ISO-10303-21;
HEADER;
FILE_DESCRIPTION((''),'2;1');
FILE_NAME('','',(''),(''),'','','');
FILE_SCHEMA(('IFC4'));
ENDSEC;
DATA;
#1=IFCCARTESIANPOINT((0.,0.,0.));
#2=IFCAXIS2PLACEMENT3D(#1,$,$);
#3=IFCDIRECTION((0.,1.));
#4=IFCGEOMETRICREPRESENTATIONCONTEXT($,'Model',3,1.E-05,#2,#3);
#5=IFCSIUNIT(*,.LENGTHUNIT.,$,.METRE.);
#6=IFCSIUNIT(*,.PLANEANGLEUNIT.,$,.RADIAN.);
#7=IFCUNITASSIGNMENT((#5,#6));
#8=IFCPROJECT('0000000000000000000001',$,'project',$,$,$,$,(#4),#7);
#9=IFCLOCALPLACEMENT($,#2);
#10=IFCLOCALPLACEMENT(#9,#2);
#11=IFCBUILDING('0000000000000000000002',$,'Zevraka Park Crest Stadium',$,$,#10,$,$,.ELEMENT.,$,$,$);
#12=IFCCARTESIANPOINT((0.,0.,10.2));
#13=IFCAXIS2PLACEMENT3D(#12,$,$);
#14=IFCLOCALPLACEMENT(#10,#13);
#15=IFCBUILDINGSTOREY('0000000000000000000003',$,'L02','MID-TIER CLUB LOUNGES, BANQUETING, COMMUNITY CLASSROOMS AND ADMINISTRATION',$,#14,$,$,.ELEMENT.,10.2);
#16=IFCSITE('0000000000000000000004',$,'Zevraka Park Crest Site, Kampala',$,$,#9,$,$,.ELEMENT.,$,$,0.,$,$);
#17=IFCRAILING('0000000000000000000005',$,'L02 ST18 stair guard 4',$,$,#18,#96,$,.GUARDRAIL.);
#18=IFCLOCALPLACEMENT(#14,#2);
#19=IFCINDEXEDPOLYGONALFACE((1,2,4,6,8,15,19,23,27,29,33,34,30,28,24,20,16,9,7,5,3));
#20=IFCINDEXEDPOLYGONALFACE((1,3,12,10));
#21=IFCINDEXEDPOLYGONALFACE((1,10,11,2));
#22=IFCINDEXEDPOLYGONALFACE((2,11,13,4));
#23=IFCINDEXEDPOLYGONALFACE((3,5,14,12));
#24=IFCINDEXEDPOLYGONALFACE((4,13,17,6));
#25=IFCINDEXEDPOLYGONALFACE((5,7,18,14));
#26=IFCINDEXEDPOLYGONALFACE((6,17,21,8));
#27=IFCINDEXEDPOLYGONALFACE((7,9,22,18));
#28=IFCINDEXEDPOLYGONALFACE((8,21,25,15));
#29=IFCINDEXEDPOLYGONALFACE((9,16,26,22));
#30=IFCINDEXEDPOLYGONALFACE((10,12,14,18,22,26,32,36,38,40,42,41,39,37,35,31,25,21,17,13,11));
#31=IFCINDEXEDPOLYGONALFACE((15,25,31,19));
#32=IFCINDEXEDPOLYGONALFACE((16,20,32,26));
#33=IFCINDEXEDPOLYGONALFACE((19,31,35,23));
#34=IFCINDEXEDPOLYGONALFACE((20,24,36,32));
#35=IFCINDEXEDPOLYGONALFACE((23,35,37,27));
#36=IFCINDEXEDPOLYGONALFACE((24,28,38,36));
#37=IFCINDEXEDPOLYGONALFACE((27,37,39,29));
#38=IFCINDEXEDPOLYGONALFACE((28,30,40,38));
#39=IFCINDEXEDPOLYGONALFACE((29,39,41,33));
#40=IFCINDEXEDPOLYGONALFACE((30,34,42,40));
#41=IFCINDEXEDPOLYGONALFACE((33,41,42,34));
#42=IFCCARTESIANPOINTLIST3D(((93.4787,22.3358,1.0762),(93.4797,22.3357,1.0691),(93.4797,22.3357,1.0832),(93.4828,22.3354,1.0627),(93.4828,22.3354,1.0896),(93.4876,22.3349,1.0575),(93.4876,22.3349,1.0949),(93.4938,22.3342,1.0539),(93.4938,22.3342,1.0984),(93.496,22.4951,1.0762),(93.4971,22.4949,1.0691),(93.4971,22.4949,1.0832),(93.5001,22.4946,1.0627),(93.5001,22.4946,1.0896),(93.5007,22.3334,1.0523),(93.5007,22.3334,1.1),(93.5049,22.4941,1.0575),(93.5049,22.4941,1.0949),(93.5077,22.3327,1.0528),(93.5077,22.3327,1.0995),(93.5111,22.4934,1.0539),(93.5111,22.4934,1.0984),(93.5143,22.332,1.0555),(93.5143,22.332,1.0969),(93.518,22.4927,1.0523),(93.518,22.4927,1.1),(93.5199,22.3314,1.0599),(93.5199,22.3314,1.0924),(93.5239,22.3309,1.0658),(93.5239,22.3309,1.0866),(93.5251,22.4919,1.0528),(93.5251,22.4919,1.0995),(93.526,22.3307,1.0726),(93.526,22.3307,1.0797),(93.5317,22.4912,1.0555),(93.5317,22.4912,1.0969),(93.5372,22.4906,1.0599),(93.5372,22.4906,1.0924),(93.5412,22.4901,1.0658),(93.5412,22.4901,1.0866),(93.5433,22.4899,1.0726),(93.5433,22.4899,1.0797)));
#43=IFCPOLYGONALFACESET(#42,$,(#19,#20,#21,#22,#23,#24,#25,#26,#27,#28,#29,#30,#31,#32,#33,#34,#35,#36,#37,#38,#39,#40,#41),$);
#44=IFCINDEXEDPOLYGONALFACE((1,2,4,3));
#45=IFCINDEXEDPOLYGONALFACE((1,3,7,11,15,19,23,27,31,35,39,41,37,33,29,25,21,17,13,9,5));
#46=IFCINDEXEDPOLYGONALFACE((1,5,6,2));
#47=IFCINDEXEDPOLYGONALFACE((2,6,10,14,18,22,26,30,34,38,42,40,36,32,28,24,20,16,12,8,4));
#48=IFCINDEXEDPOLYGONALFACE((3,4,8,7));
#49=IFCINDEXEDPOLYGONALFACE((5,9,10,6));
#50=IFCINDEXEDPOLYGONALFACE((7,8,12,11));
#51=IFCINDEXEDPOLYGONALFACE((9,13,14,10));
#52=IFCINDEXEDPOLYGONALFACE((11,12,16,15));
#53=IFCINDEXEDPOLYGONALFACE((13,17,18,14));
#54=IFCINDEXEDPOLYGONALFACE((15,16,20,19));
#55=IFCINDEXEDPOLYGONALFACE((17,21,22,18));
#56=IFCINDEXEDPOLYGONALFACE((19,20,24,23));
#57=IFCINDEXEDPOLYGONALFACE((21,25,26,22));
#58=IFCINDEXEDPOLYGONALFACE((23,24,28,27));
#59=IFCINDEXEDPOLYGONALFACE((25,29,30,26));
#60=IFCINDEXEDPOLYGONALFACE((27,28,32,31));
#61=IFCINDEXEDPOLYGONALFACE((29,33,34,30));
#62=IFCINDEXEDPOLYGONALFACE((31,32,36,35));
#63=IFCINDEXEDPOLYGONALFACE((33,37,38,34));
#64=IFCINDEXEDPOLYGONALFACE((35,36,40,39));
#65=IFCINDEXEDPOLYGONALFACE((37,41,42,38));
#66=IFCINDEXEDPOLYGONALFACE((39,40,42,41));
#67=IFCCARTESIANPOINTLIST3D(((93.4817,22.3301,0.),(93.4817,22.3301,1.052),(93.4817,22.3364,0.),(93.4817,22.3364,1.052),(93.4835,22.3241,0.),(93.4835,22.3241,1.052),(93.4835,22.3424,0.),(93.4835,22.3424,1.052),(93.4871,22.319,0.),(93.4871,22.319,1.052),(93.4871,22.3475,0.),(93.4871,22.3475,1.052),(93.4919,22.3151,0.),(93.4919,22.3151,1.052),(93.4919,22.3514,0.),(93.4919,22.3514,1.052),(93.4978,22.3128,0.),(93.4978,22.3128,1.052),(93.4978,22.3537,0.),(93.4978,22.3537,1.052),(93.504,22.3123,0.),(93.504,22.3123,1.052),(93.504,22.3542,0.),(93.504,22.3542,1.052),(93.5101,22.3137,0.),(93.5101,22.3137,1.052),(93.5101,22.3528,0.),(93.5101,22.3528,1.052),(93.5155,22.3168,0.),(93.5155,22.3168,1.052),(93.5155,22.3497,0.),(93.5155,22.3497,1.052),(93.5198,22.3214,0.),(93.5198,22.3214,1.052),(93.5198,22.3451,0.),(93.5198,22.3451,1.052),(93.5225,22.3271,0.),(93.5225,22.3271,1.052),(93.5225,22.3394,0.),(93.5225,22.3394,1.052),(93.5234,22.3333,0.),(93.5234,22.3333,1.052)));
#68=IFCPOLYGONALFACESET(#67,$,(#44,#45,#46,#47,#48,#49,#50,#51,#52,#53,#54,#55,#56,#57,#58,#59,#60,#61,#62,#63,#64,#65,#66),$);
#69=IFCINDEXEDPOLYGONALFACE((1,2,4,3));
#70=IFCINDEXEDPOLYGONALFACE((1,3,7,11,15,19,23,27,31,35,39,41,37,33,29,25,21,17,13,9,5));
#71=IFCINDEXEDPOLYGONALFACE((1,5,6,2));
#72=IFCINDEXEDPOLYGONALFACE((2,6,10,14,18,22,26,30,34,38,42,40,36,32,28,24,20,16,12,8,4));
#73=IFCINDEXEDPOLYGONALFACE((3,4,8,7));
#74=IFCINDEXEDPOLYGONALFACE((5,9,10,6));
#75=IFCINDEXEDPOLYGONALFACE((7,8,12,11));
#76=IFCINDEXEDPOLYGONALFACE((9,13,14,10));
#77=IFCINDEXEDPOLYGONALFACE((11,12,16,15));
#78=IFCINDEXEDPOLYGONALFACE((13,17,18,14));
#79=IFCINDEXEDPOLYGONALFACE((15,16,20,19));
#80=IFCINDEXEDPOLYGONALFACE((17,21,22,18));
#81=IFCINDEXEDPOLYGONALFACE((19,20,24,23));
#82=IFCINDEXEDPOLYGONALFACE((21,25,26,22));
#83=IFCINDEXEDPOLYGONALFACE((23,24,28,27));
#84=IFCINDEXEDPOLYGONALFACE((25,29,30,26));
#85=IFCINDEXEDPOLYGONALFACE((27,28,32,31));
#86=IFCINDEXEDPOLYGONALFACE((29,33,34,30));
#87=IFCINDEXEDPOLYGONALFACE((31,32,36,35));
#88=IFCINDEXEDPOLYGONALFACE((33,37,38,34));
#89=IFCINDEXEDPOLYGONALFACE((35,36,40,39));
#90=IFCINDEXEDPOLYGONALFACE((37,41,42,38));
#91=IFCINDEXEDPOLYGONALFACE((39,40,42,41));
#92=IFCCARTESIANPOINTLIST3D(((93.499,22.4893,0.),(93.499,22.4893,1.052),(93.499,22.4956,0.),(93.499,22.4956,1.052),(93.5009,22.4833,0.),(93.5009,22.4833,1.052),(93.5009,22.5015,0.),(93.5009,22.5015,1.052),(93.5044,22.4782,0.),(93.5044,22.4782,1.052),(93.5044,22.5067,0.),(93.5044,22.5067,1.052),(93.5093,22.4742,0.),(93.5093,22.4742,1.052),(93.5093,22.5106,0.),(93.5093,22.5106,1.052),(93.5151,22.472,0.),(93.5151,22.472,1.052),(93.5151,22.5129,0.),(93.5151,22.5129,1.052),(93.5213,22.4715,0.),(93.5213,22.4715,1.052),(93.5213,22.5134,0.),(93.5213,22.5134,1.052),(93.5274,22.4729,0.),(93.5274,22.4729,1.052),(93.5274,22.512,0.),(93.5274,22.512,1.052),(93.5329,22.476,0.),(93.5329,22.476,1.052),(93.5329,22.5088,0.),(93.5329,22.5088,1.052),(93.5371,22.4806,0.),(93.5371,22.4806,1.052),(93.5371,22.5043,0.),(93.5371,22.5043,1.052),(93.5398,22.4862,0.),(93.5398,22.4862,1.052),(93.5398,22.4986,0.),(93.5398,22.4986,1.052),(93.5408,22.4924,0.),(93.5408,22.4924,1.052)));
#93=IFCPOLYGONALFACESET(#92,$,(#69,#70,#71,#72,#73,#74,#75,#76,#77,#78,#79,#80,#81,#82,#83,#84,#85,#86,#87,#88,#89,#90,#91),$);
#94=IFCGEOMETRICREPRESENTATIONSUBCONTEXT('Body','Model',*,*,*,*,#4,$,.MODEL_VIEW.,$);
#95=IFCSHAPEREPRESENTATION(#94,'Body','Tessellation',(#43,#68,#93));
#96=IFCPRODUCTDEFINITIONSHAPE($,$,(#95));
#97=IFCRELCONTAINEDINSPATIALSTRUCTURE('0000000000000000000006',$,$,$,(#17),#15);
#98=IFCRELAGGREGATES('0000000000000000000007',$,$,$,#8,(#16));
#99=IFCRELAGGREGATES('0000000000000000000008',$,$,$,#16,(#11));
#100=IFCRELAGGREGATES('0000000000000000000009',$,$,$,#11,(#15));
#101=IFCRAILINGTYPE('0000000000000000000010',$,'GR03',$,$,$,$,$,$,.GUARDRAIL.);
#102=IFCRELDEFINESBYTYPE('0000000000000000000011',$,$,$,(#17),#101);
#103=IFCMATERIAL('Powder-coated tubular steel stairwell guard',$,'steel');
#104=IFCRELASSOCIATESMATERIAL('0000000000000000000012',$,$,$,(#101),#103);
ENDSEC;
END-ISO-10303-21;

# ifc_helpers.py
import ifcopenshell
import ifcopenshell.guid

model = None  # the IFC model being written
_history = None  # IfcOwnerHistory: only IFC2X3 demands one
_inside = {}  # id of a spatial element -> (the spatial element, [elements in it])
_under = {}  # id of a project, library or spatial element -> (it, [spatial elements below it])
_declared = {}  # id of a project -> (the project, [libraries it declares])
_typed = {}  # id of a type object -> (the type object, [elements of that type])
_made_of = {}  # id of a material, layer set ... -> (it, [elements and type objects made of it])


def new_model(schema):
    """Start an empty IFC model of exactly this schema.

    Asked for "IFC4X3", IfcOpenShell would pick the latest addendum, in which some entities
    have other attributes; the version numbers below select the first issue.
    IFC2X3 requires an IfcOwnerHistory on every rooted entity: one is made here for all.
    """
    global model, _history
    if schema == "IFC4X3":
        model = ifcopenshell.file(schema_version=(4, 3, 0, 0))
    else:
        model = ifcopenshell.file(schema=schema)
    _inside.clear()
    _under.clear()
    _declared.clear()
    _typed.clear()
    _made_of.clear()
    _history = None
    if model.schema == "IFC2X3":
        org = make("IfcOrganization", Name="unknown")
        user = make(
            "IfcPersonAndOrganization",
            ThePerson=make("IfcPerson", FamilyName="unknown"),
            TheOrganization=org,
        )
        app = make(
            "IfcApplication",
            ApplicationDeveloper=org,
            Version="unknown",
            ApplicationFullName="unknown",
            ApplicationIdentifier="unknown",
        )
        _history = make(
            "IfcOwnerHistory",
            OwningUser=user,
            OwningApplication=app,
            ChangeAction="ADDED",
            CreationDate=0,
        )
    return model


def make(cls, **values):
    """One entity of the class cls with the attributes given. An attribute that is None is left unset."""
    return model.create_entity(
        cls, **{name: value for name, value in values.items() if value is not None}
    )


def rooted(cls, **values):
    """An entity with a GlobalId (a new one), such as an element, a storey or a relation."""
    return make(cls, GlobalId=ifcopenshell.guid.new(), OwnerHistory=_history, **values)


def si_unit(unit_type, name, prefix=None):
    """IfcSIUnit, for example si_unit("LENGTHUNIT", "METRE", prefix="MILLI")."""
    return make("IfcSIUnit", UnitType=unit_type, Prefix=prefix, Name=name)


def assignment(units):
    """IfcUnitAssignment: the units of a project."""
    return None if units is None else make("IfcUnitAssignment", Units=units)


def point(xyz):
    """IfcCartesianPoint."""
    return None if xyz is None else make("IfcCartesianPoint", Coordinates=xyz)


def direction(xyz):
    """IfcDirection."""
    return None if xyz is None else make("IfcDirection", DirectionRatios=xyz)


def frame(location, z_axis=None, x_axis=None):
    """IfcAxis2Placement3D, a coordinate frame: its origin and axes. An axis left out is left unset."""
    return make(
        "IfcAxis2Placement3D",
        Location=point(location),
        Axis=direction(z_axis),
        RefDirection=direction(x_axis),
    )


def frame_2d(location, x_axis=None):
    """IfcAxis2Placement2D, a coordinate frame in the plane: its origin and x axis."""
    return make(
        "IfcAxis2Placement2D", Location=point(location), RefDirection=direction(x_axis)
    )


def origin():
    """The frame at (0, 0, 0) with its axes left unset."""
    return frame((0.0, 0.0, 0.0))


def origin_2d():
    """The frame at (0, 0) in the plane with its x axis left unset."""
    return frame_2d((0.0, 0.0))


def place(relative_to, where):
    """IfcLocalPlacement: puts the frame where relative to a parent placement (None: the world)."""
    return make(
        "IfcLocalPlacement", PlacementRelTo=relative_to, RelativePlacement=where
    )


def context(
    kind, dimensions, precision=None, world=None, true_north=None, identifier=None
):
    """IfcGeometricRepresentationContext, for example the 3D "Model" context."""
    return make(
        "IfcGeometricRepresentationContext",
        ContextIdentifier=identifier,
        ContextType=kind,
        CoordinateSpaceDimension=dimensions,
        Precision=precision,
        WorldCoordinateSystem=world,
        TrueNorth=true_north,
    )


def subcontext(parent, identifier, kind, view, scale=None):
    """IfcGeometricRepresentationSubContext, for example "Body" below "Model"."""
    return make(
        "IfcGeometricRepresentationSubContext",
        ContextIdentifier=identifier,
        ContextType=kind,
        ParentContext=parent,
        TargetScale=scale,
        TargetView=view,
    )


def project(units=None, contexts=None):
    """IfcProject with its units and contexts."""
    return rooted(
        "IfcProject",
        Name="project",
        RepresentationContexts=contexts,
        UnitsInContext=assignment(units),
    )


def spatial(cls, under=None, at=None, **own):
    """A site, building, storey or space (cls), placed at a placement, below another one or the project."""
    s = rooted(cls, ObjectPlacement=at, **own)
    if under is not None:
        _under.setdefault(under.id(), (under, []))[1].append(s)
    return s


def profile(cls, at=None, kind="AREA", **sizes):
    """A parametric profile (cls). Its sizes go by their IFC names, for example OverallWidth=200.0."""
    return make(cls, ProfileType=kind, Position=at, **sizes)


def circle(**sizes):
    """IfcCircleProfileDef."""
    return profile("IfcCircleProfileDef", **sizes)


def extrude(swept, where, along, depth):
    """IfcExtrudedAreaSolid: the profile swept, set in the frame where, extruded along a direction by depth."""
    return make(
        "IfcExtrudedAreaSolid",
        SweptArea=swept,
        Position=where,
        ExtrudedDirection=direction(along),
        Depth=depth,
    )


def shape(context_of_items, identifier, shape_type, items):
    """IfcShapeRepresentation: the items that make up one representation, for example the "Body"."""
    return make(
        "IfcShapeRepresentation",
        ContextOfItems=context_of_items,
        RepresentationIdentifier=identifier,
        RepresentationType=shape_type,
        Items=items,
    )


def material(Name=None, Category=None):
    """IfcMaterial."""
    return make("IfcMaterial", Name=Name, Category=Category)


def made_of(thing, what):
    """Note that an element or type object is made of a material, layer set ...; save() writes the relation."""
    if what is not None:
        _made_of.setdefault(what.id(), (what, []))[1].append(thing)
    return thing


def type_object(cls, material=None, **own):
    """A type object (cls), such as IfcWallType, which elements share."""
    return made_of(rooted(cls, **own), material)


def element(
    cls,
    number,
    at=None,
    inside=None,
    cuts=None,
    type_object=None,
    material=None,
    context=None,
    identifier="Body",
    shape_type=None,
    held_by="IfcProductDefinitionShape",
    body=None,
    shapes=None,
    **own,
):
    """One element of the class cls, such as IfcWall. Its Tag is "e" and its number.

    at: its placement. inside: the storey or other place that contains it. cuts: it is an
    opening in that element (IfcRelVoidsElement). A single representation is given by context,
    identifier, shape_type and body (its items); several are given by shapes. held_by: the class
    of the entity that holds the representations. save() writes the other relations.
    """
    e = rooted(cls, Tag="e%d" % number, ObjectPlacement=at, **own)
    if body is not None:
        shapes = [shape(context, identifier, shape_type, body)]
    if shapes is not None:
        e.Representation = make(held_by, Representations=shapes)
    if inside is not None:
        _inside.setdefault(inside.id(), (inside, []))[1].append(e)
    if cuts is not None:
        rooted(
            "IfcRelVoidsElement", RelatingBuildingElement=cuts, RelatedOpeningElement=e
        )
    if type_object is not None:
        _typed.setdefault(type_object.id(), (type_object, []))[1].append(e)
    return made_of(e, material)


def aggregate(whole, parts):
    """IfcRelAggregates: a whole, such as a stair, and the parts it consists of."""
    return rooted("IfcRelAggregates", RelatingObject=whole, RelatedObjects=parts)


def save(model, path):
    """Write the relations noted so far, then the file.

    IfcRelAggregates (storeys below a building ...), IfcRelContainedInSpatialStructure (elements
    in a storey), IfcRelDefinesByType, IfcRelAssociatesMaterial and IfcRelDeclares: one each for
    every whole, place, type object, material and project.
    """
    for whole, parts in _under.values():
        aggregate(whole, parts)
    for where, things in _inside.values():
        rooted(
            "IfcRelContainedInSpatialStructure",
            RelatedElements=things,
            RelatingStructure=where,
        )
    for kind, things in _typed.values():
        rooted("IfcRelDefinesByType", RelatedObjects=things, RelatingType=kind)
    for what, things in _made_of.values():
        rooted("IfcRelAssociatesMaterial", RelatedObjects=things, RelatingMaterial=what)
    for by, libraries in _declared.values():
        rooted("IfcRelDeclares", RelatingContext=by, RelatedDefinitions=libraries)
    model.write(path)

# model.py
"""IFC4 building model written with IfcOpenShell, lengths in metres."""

from ifc_helpers import new_model, si_unit, direction, frame, origin, origin_2d, place, context, subcontext, project, spatial, circle, extrude, material, type_object, element, save


model = new_model("IFC4")

# Units and contexts
model_context = context("Model", 3, precision=1e-05, world=origin(), true_north=direction((0.0, 1.0)))
body_context = subcontext(model_context, "Body", "Model", "MODEL_VIEW")
ifc_project = project(units=[si_unit("LENGTHUNIT", "METRE"), si_unit("PLANEANGLEUNIT", "RADIAN")], contexts=[model_context])

# Site, building, storey
site_placement = place(None, origin())
site = spatial("IfcSite", under=ifc_project, at=site_placement, Name="Zevraka Park Crest Site, Kampala", CompositionType="ELEMENT", RefElevation=0.0)
building_placement = place(site_placement, origin())
building = spatial("IfcBuilding", under=site, at=building_placement, Name="Zevraka Park Crest Stadium", CompositionType="ELEMENT")
storey_placement = place(building_placement, frame((0.0, 0.0, 10.2)))
storey = spatial("IfcBuildingStorey", under=building, at=storey_placement, Name="L02", Description="MID-TIER CLUB LOUNGES, BANQUETING, COMMUNITY CLASSROOMS AND ADMINISTRATION", CompositionType="ELEMENT", Elevation=10.2)

# Railing
ifc_material_1 = material(Name="Powder-coated tubular steel stairwell guard", Category="steel")
railing_type_1 = type_object("IfcRailingType", Name="GR03", PredefinedType="GUARDRAIL", material=ifc_material_1)
railing_1_placement = place(storey_placement, frame((93.5024, 22.3333, 0.0)))
element("IfcRailing", 1, at=railing_1_placement, inside=storey, type_object=railing_type_1, Name="L02 ST18 stair guard 4", PredefinedType="GUARDRAIL", context=body_context, shape_type="SweptSolid", body=[
    extrude(circle(Radius=0.0239, at=origin_2d()), frame((0.0, 0.0, 1.0762), z_axis=(0.108256, 0.994123, 0.0), x_axis=(-0.994123, 0.108256, 0.0)), (0.0, 0.0, 1.0), 0.1602),
    extrude(circle(Radius=0.021, at=origin_2d()), origin(), (0.0, 0.0, 1.0), 1.052),
    extrude(circle(Radius=0.021, at=origin_2d()), frame((0.0173, 0.1592, 0.0)), (0.0, 0.0, 1.0), 1.052),
])

save(model, "model.ifc")
